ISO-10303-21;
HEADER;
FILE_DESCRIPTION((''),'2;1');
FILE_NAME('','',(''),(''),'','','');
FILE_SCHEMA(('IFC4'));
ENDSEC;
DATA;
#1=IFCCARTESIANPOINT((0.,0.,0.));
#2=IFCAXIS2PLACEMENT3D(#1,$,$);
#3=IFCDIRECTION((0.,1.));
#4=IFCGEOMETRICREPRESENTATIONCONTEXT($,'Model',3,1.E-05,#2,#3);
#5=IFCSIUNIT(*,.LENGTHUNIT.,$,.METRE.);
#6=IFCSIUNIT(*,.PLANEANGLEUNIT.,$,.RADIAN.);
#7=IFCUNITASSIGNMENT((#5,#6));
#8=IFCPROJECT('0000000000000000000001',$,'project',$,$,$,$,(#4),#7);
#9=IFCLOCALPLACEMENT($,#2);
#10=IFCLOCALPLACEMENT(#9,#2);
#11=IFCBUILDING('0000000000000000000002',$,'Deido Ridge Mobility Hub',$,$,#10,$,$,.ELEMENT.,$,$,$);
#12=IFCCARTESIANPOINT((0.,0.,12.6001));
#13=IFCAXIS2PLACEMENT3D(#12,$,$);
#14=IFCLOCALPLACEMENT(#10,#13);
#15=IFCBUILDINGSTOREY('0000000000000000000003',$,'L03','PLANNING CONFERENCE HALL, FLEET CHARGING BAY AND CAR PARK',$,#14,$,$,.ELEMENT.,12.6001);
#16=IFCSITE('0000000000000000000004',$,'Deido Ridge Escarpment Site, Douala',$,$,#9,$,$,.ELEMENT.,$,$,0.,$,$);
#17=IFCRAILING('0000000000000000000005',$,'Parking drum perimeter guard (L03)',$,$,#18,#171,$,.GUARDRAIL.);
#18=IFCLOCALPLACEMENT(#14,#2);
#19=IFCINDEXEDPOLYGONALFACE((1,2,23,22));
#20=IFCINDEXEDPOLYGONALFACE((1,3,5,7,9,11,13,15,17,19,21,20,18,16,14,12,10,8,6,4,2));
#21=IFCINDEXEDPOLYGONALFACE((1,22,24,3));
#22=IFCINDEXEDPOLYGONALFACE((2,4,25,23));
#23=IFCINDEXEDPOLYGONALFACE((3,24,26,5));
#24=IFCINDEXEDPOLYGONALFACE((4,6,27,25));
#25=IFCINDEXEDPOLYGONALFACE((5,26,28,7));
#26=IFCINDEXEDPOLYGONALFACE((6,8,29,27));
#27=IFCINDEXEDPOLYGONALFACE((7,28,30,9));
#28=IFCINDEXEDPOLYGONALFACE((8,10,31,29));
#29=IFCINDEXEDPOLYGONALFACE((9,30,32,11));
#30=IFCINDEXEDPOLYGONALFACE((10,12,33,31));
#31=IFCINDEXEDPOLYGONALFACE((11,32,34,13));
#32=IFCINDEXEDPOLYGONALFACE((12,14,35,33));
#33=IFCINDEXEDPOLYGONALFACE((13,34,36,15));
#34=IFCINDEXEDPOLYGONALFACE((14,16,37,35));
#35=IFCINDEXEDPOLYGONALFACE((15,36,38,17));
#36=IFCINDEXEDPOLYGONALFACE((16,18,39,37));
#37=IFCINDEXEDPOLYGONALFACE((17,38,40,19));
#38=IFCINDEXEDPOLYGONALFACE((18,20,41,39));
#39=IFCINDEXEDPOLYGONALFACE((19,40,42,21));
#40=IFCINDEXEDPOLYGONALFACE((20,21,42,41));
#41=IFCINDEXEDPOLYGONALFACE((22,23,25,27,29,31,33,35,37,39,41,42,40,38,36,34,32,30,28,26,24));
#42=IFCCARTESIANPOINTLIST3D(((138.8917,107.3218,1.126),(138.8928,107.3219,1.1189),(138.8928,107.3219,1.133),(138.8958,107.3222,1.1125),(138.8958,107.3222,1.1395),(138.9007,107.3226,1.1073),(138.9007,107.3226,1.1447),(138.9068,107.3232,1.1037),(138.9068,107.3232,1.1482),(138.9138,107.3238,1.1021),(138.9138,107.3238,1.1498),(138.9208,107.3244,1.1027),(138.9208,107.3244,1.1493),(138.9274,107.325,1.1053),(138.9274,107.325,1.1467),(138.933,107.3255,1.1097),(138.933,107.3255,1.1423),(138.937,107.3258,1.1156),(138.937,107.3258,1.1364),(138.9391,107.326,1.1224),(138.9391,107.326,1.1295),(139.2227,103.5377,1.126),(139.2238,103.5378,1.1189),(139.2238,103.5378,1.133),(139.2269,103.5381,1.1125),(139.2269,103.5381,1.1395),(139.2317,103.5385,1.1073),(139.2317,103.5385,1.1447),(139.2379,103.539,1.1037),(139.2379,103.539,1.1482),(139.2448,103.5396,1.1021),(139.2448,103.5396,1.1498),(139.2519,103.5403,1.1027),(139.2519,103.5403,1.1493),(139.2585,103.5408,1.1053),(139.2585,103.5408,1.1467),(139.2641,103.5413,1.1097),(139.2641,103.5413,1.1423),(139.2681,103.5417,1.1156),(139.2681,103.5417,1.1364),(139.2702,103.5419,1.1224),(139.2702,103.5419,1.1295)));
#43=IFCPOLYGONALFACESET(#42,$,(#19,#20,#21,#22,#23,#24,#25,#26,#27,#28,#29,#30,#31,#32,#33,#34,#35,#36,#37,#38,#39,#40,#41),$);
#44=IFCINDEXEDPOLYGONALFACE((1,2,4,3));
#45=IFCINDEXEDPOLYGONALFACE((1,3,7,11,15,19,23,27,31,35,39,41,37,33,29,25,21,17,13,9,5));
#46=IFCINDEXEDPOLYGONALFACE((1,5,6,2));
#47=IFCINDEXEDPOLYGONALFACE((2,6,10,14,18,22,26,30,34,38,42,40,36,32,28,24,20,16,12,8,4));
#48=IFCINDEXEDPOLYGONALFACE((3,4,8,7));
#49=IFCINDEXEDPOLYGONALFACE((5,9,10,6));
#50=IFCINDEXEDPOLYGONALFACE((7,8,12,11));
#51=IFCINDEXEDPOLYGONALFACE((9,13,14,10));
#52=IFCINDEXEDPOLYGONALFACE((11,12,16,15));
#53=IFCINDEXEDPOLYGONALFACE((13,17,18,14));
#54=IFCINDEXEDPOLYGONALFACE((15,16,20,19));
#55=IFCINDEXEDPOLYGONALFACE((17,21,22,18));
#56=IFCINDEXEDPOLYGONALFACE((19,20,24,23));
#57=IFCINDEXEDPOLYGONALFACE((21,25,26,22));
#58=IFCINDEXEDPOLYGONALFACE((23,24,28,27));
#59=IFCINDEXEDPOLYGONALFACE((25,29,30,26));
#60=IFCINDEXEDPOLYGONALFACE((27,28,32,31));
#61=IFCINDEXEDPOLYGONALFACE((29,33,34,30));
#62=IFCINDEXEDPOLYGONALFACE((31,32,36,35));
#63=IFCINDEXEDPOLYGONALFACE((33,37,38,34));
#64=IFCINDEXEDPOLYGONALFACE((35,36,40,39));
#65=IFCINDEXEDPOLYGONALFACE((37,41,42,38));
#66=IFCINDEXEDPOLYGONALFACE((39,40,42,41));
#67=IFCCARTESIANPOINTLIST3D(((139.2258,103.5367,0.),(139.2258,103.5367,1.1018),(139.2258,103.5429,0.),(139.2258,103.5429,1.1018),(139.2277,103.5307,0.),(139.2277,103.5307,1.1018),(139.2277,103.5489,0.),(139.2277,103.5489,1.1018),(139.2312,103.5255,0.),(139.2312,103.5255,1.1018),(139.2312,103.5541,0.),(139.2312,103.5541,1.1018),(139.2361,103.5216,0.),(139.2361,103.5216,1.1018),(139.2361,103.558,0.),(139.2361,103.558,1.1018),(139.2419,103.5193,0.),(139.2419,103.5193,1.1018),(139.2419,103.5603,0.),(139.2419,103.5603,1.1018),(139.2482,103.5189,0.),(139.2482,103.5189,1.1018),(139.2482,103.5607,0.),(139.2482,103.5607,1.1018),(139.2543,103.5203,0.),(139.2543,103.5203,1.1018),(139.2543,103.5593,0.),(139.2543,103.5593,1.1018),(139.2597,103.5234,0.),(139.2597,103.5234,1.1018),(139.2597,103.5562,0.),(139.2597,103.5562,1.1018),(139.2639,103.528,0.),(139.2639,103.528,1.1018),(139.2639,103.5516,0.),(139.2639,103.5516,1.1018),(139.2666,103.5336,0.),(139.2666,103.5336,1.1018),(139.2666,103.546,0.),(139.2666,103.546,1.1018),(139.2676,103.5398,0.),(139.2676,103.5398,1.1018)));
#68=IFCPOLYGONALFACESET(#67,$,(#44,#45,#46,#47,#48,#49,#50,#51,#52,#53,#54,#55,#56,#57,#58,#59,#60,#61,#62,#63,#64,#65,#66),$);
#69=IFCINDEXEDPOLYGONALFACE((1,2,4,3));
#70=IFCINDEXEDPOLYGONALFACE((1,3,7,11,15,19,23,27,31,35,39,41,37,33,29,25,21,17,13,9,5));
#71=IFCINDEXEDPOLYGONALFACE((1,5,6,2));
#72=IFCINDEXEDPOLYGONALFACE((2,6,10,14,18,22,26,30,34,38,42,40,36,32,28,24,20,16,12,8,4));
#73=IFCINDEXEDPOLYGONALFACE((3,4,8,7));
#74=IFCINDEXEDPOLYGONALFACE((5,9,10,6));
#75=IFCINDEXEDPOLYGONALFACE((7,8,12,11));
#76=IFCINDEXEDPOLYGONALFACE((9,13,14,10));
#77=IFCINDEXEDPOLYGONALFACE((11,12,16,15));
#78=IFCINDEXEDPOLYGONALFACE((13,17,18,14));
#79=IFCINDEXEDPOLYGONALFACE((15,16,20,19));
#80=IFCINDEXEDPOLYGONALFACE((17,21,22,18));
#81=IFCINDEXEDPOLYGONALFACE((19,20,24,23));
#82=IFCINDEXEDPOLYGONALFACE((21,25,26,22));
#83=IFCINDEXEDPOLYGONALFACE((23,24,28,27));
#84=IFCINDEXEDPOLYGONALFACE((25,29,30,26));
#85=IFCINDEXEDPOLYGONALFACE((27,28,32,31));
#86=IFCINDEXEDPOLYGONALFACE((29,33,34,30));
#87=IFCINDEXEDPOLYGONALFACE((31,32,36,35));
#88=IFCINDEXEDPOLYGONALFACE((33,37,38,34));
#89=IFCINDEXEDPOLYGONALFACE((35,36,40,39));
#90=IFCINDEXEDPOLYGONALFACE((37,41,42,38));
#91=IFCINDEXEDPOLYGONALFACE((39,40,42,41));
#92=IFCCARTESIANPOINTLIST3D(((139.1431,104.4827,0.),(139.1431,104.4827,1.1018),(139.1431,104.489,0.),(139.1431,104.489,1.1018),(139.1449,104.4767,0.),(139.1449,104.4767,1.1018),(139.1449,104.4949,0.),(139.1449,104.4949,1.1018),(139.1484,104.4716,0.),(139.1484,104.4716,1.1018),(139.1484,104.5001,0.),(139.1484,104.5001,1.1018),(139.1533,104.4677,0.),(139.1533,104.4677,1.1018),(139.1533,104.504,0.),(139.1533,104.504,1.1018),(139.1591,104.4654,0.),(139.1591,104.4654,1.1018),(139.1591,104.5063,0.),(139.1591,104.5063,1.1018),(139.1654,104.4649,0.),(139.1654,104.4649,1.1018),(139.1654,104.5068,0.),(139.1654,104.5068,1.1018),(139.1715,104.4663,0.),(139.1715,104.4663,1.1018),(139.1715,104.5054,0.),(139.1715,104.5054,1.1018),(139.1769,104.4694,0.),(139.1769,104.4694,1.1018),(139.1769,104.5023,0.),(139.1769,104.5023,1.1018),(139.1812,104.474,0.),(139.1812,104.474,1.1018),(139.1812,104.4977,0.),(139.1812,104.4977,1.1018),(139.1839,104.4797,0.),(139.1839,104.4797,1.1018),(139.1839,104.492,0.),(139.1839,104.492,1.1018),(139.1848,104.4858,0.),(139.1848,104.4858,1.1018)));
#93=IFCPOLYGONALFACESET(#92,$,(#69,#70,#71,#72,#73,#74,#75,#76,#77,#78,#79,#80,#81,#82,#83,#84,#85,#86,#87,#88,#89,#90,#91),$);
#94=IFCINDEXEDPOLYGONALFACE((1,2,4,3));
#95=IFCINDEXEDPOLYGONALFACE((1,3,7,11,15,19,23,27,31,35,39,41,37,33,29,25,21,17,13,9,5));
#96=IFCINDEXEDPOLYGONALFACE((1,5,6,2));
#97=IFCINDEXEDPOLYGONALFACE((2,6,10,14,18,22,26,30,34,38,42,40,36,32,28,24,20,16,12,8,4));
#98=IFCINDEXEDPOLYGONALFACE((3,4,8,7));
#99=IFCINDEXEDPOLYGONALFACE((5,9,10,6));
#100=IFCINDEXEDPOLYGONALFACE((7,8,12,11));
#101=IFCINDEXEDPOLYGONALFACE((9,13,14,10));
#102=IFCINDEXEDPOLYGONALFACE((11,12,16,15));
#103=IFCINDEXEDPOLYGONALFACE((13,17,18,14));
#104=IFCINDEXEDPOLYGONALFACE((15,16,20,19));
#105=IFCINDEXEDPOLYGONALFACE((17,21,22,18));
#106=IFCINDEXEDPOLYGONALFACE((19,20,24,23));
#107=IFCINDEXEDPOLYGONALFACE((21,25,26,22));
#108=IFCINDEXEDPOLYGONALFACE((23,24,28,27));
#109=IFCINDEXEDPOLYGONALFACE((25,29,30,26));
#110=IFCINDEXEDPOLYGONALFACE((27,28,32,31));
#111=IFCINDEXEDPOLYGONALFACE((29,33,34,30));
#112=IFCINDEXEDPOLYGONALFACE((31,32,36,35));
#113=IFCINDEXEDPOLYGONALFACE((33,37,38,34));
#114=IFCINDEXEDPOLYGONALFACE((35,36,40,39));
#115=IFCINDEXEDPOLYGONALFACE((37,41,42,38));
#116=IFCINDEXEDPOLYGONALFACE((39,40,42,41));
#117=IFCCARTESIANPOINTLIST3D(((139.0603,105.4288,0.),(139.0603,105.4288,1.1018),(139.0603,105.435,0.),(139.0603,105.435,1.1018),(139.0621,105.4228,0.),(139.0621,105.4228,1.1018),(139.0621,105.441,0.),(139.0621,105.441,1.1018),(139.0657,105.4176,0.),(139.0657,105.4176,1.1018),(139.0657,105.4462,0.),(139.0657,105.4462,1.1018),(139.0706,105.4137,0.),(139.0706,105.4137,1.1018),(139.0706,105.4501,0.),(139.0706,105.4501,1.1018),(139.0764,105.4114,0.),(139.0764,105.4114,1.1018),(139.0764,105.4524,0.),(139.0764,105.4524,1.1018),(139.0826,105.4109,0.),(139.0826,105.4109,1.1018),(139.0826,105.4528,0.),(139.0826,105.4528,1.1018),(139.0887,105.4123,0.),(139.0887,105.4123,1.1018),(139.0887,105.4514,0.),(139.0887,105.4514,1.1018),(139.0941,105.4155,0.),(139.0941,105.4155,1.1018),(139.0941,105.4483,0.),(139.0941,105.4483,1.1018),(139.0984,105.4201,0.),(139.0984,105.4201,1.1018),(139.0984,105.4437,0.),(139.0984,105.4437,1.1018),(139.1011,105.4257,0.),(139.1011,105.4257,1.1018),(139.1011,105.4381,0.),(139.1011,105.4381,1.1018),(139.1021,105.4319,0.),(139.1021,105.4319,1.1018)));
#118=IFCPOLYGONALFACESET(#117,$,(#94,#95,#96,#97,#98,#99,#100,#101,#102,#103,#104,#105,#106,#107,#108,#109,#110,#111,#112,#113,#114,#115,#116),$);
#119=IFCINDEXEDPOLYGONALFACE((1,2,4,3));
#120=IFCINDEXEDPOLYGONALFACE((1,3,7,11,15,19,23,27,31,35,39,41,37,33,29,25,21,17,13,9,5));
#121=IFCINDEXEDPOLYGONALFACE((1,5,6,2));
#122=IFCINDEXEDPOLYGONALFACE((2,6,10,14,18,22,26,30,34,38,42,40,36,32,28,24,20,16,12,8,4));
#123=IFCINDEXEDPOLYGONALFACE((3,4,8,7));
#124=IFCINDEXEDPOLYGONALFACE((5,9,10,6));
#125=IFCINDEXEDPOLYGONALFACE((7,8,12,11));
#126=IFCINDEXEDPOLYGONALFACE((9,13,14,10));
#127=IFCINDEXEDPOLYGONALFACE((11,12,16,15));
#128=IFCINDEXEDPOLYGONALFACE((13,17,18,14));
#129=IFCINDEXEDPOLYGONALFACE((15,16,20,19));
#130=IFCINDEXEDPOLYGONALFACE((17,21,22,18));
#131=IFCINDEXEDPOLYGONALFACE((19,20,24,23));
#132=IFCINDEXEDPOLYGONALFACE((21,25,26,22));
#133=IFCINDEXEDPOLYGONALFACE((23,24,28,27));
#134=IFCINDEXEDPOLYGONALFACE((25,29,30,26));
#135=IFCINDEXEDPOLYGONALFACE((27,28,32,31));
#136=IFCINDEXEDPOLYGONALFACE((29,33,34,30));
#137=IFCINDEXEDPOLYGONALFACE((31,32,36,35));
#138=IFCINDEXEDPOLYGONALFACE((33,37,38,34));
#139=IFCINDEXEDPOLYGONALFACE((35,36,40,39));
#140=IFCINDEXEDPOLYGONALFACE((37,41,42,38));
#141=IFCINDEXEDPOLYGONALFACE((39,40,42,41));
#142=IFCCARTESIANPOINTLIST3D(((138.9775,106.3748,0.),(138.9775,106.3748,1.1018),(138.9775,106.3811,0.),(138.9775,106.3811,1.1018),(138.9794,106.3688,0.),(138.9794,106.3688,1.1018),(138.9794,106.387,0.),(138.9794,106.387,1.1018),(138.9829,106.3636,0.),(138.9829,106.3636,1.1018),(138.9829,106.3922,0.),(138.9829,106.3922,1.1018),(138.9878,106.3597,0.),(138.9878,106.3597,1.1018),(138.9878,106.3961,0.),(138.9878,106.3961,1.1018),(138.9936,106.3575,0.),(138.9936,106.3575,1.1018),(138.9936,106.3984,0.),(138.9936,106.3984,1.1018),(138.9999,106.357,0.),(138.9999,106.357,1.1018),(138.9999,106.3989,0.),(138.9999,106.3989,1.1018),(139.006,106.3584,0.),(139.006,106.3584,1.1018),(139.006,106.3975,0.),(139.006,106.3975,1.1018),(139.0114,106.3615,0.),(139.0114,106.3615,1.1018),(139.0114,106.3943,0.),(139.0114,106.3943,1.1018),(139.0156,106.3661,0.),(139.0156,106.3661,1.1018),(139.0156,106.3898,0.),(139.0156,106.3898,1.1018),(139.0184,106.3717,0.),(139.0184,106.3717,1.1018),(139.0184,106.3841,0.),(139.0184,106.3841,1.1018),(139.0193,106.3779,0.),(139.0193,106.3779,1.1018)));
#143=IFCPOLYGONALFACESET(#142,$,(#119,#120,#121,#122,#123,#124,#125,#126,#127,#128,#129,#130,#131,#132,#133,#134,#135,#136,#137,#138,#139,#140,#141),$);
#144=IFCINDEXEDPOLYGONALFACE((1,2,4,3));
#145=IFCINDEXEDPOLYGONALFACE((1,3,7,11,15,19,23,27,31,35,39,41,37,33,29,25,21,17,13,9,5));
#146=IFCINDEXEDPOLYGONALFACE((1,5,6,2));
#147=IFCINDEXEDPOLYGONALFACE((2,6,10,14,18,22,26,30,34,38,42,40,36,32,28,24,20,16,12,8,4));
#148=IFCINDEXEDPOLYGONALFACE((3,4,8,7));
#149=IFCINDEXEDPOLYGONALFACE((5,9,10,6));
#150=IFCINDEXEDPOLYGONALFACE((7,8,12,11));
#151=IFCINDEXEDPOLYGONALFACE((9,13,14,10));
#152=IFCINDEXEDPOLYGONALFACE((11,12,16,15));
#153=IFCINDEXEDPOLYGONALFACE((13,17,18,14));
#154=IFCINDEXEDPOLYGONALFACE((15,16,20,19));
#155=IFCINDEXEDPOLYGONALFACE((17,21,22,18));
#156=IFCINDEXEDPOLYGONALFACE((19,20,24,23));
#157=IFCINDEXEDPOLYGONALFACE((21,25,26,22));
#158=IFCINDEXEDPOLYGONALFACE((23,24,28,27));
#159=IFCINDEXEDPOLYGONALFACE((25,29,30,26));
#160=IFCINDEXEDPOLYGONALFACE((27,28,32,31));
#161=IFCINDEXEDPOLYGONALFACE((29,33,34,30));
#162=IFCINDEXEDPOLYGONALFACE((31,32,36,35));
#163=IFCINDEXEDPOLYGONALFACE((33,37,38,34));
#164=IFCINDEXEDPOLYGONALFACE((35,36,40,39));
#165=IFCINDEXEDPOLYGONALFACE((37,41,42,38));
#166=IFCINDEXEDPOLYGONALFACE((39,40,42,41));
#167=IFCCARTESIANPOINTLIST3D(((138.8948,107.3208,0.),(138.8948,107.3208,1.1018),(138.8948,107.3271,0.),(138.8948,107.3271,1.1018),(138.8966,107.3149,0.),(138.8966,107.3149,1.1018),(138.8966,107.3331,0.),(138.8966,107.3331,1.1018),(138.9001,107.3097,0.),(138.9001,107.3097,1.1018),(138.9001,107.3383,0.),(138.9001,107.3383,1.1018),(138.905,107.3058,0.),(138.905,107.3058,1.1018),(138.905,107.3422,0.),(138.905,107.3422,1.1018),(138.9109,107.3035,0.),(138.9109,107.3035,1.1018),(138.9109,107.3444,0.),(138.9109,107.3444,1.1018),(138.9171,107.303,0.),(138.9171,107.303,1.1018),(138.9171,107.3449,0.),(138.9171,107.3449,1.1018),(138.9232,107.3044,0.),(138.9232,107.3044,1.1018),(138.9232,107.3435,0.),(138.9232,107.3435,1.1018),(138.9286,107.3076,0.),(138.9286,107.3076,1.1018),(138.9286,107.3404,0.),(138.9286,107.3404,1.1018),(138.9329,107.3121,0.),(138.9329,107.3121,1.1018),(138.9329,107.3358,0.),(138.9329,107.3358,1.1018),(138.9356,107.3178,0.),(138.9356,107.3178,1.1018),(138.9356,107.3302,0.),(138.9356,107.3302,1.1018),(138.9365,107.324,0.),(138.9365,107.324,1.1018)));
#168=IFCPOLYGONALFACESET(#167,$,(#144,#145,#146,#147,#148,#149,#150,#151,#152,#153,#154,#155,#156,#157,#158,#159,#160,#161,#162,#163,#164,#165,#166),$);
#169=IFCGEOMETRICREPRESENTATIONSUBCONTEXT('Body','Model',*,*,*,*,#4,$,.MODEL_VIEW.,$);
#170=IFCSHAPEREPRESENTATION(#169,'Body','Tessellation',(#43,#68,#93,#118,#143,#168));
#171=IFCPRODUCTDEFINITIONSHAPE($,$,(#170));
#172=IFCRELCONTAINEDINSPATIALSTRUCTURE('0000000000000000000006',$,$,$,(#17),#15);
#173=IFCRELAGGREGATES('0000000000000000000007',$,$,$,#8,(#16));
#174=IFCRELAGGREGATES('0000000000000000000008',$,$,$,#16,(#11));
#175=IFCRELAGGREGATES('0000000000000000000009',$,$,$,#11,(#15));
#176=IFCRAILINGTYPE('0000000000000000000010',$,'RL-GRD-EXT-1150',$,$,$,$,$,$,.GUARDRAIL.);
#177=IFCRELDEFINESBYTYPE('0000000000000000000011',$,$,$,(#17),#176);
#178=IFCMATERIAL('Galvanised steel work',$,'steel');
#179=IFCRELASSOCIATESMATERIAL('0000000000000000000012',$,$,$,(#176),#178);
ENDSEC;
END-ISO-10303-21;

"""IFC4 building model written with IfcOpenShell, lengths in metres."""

from ifc_helpers import new_model, si_unit, direction, frame, origin, origin_2d, place, context, subcontext, project, spatial, circle, extrude, material, type_object, element, save


model = new_model("IFC4")

# Units and contexts
model_context = context("Model", 3, precision=1e-05, world=origin(), true_north=direction((0.0, 1.0)))
body_context = subcontext(model_context, "Body", "Model", "MODEL_VIEW")
ifc_project = project(units=[si_unit("LENGTHUNIT", "METRE"), si_unit("PLANEANGLEUNIT", "RADIAN")], contexts=[model_context])

# Site, building, storey
site_placement = place(None, origin())
site = spatial("IfcSite", under=ifc_project, at=site_placement, Name="Deido Ridge Escarpment Site, Douala", CompositionType="ELEMENT", RefElevation=0.0)
building_placement = place(site_placement, origin())
building = spatial("IfcBuilding", under=site, at=building_placement, Name="Deido Ridge Mobility Hub", CompositionType="ELEMENT")
storey_placement = place(building_placement, frame((0.0, 0.0, 12.6001)))
storey = spatial("IfcBuildingStorey", under=building, at=storey_placement, Name="L03", Description="PLANNING CONFERENCE HALL, FLEET CHARGING BAY AND CAR PARK", CompositionType="ELEMENT", Elevation=12.6001)

# Railing
ifc_material_1 = material(Name="Galvanised steel work", Category="steel")
railing_type = type_object("IfcRailingType", Name="RL-GRD-EXT-1150", PredefinedType="GUARDRAIL", material=ifc_material_1)
railing_1_placement = place(storey_placement, frame((139.2466, 103.5398, 0.0)))
element("IfcRailing", 1, at=railing_1_placement, inside=storey, type_object=railing_type, Name="Parking drum perimeter guard (L03)", PredefinedType="GUARDRAIL", context=body_context, shape_type="SweptSolid", body=[
    extrude(circle(Radius=0.0239, at=origin_2d()), frame((0.0, 0.0, 1.126), z_axis=(-0.087151, 0.996195, 0.0), x_axis=(-0.996195, -0.087151, 0.0)), (0.0, 0.0, 1.0), 3.7986),
    extrude(circle(Radius=0.021, at=origin_2d()), origin(), (0.0, 0.0, 1.0), 1.1018),
    extrude(circle(Radius=0.021, at=origin_2d()), frame((-0.0828, 0.946, 0.0)), (0.0, 0.0, 1.0), 1.1018),
    extrude(circle(Radius=0.021, at=origin_2d()), frame((-0.1655, 1.8921, 0.0)), (0.0, 0.0, 1.0), 1.1018),
    extrude(circle(Radius=0.021, at=origin_2d()), frame((-0.2483, 2.8381, 0.0)), (0.0, 0.0, 1.0), 1.1018),
    extrude(circle(Radius=0.021, at=origin_2d()), frame((-0.3311, 3.7842, 0.0)), (0.0, 0.0, 1.0), 1.1018),
])

save(model, "model.ifc")
